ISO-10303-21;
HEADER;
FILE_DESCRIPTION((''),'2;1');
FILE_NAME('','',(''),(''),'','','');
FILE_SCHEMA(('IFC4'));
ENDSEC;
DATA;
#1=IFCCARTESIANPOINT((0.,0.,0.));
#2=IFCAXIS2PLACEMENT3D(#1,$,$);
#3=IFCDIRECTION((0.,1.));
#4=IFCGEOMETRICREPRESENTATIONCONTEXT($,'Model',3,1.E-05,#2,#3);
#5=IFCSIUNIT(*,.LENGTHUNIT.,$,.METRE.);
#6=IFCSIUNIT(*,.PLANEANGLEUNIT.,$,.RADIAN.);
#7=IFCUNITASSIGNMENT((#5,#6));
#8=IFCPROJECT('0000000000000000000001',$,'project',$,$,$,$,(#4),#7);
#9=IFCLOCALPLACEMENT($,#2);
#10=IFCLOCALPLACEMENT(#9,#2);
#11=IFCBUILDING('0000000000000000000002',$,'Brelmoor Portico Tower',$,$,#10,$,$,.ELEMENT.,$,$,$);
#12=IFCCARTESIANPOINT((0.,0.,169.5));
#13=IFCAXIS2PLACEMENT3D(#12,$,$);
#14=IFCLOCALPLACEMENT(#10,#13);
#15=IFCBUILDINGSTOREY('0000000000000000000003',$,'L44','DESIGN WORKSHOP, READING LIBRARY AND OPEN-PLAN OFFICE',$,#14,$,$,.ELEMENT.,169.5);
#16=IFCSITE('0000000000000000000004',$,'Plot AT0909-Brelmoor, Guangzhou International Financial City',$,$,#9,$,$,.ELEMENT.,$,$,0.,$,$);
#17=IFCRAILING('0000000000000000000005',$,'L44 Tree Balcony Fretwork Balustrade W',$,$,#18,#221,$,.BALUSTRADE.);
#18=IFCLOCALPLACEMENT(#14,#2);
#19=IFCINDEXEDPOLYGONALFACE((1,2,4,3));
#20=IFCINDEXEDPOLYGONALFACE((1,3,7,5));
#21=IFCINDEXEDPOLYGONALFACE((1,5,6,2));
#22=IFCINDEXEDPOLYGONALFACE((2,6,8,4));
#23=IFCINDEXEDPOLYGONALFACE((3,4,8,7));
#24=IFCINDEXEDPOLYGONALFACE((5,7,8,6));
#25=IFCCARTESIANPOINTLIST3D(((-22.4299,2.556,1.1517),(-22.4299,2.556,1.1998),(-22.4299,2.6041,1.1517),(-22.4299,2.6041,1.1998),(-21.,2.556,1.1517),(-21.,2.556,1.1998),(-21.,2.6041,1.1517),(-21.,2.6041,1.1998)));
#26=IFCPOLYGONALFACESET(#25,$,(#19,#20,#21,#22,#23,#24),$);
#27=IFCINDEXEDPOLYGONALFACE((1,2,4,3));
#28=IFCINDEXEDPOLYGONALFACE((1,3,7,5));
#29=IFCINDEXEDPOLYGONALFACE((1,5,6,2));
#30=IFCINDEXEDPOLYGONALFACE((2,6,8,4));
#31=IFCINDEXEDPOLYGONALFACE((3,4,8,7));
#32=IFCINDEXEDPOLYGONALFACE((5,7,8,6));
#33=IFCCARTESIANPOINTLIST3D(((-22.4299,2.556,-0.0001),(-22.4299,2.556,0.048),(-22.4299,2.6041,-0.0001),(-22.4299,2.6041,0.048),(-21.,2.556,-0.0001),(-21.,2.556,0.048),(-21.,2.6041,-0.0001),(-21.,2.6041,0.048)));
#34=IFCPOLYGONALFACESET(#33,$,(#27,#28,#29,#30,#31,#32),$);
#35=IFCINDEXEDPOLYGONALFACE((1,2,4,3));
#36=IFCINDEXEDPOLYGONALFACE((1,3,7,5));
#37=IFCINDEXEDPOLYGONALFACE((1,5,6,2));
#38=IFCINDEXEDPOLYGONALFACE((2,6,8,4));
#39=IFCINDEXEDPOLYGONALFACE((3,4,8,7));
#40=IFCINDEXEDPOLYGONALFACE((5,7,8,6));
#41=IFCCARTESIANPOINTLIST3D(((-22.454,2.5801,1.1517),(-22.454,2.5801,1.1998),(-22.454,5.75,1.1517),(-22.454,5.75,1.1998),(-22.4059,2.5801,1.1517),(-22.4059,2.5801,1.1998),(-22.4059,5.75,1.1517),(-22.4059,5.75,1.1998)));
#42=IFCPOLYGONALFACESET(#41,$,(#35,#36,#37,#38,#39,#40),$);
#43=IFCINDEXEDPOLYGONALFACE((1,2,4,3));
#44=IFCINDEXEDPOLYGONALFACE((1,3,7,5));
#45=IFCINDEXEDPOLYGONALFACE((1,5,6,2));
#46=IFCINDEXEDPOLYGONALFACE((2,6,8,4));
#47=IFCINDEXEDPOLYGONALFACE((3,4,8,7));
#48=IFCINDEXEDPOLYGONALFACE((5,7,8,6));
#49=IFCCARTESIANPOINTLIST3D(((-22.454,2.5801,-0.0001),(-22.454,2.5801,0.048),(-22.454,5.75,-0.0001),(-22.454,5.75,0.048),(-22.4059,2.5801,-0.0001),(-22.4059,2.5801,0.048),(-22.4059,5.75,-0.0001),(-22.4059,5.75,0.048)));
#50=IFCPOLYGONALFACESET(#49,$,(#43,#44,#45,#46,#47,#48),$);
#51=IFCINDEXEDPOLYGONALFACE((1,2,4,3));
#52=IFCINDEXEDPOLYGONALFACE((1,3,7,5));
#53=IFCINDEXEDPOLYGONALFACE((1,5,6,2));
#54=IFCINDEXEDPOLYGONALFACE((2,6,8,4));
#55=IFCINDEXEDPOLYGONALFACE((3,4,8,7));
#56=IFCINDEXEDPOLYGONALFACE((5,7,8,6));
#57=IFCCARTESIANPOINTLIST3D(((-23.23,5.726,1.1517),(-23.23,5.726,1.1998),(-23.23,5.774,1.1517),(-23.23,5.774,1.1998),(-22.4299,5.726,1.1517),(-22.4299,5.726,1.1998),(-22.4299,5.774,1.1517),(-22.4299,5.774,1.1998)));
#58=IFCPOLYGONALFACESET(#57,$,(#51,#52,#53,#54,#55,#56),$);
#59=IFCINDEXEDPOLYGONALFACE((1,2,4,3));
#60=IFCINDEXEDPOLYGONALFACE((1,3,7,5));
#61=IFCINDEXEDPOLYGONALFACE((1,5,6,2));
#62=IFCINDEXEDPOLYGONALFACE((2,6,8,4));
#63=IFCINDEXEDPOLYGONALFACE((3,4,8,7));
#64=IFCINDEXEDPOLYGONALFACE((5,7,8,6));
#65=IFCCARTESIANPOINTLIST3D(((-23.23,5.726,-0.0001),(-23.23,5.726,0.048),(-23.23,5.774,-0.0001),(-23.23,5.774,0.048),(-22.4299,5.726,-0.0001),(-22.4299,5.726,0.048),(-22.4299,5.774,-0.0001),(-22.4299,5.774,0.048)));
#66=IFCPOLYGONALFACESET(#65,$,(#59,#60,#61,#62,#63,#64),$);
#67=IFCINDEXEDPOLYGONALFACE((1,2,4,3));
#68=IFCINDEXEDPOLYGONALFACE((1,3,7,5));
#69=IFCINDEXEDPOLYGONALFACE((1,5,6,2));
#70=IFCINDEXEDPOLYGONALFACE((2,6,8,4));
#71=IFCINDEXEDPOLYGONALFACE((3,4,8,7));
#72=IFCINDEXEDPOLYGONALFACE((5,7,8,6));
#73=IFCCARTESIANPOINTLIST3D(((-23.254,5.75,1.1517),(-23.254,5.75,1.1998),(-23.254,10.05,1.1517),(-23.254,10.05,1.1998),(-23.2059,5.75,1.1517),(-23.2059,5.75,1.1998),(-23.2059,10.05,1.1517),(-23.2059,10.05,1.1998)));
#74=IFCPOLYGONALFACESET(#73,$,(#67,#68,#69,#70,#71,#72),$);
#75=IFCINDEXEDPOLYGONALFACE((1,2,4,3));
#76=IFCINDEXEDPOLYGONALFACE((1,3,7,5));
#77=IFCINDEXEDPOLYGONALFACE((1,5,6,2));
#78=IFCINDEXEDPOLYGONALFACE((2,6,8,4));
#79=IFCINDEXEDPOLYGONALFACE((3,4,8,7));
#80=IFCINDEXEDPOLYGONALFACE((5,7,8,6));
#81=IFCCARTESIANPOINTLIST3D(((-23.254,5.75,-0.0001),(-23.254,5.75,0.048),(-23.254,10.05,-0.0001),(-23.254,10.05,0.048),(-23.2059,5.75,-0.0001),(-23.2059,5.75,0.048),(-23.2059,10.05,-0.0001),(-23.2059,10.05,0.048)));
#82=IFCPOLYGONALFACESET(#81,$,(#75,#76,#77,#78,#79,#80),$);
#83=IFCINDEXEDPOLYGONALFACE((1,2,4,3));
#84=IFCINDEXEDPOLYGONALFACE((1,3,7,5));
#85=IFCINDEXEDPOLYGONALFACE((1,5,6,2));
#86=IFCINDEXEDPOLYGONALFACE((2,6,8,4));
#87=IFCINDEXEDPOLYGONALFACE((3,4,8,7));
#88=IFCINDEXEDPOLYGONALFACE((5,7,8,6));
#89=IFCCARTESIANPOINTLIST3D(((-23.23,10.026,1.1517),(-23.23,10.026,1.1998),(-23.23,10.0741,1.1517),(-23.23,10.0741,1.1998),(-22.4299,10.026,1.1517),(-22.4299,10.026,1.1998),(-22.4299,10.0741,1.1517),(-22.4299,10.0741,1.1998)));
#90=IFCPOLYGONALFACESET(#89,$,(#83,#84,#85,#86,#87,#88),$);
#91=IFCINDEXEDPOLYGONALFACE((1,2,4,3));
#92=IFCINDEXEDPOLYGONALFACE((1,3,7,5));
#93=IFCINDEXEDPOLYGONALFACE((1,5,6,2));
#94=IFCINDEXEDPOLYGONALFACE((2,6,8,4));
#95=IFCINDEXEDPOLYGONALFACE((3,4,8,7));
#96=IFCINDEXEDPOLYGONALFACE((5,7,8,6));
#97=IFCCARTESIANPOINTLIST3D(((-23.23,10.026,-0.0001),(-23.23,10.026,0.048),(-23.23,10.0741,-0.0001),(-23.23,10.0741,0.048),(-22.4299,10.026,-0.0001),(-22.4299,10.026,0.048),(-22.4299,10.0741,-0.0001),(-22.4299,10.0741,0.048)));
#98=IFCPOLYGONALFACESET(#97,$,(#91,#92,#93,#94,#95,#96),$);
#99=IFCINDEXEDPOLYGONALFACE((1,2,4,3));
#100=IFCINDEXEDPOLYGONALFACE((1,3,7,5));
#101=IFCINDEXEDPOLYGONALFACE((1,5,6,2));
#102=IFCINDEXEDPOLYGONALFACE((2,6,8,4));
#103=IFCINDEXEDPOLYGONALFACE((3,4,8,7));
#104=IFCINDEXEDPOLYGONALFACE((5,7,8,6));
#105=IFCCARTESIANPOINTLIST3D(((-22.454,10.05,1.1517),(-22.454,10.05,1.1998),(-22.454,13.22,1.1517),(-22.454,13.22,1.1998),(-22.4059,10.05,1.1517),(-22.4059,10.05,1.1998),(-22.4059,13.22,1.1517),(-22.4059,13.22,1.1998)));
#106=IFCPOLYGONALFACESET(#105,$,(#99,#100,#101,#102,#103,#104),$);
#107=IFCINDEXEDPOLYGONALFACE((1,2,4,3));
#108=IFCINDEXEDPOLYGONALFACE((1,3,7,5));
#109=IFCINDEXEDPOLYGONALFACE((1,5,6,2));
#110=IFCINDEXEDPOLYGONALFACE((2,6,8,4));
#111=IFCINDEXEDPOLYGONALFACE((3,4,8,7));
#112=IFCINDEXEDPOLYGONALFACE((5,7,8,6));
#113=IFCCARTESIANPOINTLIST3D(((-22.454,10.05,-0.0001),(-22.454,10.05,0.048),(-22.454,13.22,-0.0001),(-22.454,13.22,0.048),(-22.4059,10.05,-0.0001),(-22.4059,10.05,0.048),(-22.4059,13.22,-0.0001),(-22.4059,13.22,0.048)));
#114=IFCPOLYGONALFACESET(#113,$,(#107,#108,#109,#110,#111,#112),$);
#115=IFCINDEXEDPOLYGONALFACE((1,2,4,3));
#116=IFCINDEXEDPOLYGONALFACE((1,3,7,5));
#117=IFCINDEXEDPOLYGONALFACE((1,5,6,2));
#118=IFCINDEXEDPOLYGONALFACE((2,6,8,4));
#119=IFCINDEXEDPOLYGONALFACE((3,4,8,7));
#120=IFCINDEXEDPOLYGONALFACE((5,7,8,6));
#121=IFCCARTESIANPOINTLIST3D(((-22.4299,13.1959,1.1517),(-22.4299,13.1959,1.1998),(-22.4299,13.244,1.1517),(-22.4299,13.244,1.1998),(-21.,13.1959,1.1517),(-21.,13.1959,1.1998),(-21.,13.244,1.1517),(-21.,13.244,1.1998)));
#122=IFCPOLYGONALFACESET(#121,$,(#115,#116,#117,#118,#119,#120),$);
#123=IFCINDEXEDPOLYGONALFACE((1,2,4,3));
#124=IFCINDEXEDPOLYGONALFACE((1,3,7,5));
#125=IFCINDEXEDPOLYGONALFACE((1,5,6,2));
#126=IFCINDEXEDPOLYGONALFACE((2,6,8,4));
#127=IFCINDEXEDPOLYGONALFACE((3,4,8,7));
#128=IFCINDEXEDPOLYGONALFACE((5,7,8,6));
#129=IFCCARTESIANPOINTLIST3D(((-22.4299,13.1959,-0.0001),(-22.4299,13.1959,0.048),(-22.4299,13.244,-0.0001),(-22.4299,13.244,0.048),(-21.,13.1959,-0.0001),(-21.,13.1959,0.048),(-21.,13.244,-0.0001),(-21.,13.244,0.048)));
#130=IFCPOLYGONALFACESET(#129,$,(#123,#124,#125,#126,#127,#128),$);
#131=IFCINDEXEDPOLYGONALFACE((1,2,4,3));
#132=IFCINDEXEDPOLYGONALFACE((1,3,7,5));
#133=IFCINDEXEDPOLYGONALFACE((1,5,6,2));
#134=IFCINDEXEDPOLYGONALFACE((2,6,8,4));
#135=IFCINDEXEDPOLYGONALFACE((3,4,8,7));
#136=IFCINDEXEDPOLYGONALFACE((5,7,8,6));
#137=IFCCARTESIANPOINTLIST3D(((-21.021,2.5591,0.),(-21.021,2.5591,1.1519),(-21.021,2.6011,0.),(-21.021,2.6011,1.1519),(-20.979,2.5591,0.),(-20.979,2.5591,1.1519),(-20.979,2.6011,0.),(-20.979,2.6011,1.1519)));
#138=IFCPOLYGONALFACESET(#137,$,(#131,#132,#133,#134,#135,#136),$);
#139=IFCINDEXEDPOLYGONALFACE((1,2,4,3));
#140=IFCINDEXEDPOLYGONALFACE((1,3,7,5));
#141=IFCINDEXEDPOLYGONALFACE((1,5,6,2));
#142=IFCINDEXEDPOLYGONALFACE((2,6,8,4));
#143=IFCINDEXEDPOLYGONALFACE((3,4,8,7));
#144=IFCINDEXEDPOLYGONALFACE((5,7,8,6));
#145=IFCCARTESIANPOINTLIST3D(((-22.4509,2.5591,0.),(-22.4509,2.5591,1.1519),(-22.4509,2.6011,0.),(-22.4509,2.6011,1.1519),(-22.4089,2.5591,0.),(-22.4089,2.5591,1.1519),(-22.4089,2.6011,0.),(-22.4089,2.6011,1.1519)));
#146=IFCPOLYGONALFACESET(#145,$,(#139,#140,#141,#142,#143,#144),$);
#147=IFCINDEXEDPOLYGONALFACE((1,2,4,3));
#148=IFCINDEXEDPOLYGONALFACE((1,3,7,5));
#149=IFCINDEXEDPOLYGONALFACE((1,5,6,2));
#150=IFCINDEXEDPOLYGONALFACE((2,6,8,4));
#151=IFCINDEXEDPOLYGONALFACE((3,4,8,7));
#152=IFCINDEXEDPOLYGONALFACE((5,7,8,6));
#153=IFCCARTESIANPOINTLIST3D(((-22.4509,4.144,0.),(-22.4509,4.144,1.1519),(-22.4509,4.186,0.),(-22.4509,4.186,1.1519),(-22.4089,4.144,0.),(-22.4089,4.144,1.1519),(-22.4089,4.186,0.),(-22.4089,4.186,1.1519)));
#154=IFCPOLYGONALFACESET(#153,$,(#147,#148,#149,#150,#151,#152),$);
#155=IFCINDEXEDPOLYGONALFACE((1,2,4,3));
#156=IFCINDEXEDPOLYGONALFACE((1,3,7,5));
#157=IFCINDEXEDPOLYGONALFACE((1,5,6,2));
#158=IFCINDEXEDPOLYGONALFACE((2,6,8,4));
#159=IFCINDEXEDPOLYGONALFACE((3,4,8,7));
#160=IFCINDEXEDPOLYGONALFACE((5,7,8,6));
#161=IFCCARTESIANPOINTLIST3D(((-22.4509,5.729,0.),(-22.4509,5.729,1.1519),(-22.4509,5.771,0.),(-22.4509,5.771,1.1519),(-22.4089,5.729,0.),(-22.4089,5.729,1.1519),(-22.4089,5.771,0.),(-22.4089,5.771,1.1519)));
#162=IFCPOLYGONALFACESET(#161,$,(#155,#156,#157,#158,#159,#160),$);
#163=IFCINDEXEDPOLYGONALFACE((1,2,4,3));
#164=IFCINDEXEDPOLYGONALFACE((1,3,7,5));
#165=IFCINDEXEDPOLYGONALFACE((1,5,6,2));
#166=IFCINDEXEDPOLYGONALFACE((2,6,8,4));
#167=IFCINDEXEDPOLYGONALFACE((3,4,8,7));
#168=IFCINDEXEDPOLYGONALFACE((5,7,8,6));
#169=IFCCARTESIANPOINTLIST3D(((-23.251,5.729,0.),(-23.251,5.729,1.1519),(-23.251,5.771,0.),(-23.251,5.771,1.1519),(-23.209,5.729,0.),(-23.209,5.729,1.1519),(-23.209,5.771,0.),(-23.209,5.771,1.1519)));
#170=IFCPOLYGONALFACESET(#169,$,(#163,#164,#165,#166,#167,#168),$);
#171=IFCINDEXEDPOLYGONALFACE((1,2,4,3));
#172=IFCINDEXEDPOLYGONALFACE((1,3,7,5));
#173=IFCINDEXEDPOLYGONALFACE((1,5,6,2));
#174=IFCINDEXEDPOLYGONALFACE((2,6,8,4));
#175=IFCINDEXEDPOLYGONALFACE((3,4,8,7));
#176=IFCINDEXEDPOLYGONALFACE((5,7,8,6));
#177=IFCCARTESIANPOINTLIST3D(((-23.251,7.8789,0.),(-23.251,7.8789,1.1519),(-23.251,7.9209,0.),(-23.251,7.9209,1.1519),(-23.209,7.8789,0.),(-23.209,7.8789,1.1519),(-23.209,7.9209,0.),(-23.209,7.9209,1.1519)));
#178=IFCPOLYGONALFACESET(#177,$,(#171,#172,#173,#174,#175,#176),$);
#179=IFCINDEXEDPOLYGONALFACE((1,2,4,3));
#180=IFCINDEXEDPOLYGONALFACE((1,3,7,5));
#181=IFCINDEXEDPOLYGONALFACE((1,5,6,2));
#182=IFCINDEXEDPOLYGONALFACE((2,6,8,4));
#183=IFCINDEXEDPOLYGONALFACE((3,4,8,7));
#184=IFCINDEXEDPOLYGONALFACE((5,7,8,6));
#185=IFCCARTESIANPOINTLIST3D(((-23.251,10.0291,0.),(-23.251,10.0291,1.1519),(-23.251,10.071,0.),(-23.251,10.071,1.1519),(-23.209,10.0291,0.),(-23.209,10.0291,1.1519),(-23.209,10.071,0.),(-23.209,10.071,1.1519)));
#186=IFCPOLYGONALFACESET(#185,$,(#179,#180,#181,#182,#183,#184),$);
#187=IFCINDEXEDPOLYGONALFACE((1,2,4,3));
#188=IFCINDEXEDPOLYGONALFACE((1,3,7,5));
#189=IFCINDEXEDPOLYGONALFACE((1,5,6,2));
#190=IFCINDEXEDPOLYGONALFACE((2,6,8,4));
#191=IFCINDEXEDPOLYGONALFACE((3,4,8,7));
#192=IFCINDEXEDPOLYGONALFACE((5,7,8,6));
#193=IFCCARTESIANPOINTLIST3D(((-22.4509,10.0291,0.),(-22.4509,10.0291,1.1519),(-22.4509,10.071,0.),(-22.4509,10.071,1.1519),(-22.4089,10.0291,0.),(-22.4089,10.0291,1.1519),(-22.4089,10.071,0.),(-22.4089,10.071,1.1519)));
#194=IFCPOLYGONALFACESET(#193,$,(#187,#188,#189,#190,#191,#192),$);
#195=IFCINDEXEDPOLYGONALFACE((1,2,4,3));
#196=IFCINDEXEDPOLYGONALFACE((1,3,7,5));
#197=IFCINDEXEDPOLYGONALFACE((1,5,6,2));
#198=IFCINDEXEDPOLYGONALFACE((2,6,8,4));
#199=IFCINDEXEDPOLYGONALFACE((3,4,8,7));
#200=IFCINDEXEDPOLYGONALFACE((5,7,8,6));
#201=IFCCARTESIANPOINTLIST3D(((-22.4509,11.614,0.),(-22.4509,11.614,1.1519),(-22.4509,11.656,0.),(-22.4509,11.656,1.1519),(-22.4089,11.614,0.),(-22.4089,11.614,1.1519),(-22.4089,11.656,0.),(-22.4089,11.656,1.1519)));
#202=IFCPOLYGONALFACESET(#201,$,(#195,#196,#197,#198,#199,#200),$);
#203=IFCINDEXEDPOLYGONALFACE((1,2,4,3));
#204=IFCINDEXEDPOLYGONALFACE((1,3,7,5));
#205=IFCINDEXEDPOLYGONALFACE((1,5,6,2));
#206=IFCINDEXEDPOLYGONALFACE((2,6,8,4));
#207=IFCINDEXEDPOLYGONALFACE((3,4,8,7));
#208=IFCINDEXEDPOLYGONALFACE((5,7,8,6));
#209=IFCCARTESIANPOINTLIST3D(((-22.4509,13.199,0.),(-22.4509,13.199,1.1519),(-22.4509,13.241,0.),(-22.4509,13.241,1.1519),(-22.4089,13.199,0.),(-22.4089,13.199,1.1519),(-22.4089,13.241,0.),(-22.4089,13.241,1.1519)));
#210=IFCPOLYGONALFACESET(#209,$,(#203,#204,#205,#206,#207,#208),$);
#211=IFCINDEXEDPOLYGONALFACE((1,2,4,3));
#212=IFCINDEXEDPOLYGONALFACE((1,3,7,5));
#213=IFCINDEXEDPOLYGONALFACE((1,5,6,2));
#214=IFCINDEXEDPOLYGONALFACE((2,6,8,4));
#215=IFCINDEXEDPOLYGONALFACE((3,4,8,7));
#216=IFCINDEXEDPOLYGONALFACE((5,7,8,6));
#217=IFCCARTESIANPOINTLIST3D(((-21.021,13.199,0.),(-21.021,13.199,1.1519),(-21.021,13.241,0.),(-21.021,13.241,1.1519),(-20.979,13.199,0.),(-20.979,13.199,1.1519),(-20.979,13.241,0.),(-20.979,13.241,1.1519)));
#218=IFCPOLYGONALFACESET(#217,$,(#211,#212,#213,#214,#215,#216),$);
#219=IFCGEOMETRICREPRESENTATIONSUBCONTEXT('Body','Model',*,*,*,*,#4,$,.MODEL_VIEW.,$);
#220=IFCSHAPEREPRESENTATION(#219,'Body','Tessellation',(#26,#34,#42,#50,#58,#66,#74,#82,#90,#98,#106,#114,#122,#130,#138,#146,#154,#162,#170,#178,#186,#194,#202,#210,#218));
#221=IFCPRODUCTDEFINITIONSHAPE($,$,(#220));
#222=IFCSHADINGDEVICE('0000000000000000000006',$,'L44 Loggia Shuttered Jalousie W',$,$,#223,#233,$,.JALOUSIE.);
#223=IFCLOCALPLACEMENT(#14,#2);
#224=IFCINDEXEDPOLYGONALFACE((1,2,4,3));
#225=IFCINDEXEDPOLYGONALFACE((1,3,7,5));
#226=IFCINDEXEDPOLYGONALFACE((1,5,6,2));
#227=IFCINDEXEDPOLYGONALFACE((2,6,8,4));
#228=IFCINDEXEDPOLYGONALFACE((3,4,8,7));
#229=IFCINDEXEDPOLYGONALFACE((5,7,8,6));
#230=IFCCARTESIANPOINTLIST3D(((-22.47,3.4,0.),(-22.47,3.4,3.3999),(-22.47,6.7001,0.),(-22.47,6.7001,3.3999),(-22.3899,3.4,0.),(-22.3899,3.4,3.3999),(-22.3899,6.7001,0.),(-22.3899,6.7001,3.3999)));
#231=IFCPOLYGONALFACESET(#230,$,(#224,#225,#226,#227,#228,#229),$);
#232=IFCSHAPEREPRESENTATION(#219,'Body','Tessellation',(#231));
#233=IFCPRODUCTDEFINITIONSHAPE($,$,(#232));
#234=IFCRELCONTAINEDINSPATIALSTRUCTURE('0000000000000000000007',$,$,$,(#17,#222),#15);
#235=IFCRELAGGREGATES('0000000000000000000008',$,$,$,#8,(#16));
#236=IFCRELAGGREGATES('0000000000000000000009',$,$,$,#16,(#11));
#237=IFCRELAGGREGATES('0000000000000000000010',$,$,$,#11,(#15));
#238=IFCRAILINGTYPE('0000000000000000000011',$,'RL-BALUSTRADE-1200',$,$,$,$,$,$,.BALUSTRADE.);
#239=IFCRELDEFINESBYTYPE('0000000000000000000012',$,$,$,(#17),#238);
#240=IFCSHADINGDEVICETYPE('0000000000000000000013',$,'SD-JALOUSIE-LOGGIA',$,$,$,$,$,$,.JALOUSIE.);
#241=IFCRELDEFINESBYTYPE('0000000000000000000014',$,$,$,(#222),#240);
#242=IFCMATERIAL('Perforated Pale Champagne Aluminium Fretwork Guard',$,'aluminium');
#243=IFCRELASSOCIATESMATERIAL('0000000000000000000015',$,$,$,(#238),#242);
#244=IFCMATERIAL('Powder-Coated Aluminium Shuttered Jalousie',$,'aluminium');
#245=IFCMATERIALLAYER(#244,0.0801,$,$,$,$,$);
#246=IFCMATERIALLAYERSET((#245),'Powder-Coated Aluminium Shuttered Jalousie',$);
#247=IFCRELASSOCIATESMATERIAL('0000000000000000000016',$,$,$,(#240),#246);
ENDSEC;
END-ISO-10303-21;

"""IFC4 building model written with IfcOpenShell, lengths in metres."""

from ifc_helpers import new_model, si_unit, direction, frame, origin, origin_2d, place, context, subcontext, project, spatial, rectangle, extrude, material, layer, layer_set, type_object, element, save


model = new_model("IFC4")

# Units and contexts
model_context = context("Model", 3, precision=1e-05, world=origin(), true_north=direction((0.0, 1.0)))
body_context = subcontext(model_context, "Body", "Model", "MODEL_VIEW")
ifc_project = project(units=[si_unit("LENGTHUNIT", "METRE"), si_unit("PLANEANGLEUNIT", "RADIAN")], contexts=[model_context])

# Site, building, storey
site_placement = place(None, origin())
site = spatial("IfcSite", under=ifc_project, at=site_placement, Name="Plot AT0909-Brelmoor, Guangzhou International Financial City", CompositionType="ELEMENT", RefElevation=0.0)
building_placement = place(site_placement, origin())
building = spatial("IfcBuilding", under=site, at=building_placement, Name="Brelmoor Portico Tower", CompositionType="ELEMENT")
storey_placement = place(building_placement, frame((0.0, 0.0, 169.5)))
storey = spatial("IfcBuildingStorey", under=building, at=storey_placement, Name="L44", Description="DESIGN WORKSHOP, READING LIBRARY AND OPEN-PLAN OFFICE", CompositionType="ELEMENT", Elevation=169.5)

# Railing
ifc_material_1 = material(Name="Perforated Pale Champagne Aluminium Fretwork Guard", Category="aluminium")
railing_type = type_object("IfcRailingType", Name="RL-BALUSTRADE-1200", PredefinedType="BALUSTRADE", material=ifc_material_1)
railing_placement = place(storey_placement, frame((-21.0, 2.5801, 0.0)))
element("IfcRailing", 1, at=railing_placement, inside=storey, type_object=railing_type, Name="L44 Tree Balcony Fretwork Balustrade W", PredefinedType="BALUSTRADE", context=body_context, shape_type="SweptSolid", body=[
    extrude(rectangle(XDim=0.0481, YDim=0.0481, at=origin_2d()), frame((0.0, 0.0, 1.1758), z_axis=(-1.0, 0.0, 0.0), x_axis=(0.0, -1.0, 0.0)), (0.0, 0.0, 1.0), 1.4299),
    extrude(rectangle(XDim=0.0481, YDim=0.0481, at=origin_2d()), frame((0.0, 0.0, 0.0239), z_axis=(-1.0, 0.0, 0.0), x_axis=(0.0, -1.0, 0.0)), (0.0, 0.0, 1.0), 1.4299),
    extrude(rectangle(XDim=0.0481, YDim=0.0481, at=origin_2d()), frame((-1.4299, 0.0, 1.1758), z_axis=(0.0, 1.0, 0.0), x_axis=(-1.0, 0.0, 0.0)), (0.0, 0.0, 1.0), 3.1699),
    extrude(rectangle(XDim=0.0481, YDim=0.0481, at=origin_2d()), frame((-1.4299, 0.0, 0.0239), z_axis=(0.0, 1.0, 0.0), x_axis=(-1.0, 0.0, 0.0)), (0.0, 0.0, 1.0), 3.1699),
    extrude(rectangle(XDim=0.0481, YDim=0.0481, at=origin_2d()), frame((-1.4299, 3.1699, 1.1758), z_axis=(-1.0, 0.0, 0.0), x_axis=(0.0, -1.0, 0.0)), (0.0, 0.0, 1.0), 0.8),
    extrude(rectangle(XDim=0.0481, YDim=0.0481, at=origin_2d()), frame((-1.4299, 3.1699, 0.0239), z_axis=(-1.0, 0.0, 0.0), x_axis=(0.0, -1.0, 0.0)), (0.0, 0.0, 1.0), 0.8),
    extrude(rectangle(XDim=0.0481, YDim=0.0481, at=origin_2d()), frame((-2.23, 3.1699, 1.1758), z_axis=(0.0, 1.0, 0.0), x_axis=(-1.0, 0.0, 0.0)), (0.0, 0.0, 1.0), 4.3),
    extrude(rectangle(XDim=0.0481, YDim=0.0481, at=origin_2d()), frame((-2.23, 3.1699, 0.0239), z_axis=(0.0, 1.0, 0.0), x_axis=(-1.0, 0.0, 0.0)), (0.0, 0.0, 1.0), 4.3),
    extrude(rectangle(XDim=0.0481, YDim=0.0481, at=origin_2d()), frame((-2.23, 7.47, 1.1758), z_axis=(1.0, 0.0, 0.0), x_axis=(0.0, 1.0, 0.0)), (0.0, 0.0, 1.0), 0.8),
    extrude(rectangle(XDim=0.0481, YDim=0.0481, at=origin_2d()), frame((-2.23, 7.47, 0.0239), z_axis=(1.0, 0.0, 0.0), x_axis=(0.0, 1.0, 0.0)), (0.0, 0.0, 1.0), 0.8),
    extrude(rectangle(XDim=0.0481, YDim=0.0481, at=origin_2d()), frame((-1.4299, 7.47, 1.1758), z_axis=(0.0, 1.0, 0.0), x_axis=(-1.0, 0.0, 0.0)), (0.0, 0.0, 1.0), 3.1699),
    extrude(rectangle(XDim=0.0481, YDim=0.0481, at=origin_2d()), frame((-1.4299, 7.47, 0.0239), z_axis=(0.0, 1.0, 0.0), x_axis=(-1.0, 0.0, 0.0)), (0.0, 0.0, 1.0), 3.1699),
    extrude(rectangle(XDim=0.0481, YDim=0.0481, at=origin_2d()), frame((-1.4299, 10.6399, 1.1758), z_axis=(1.0, 0.0, 0.0), x_axis=(0.0, 1.0, 0.0)), (0.0, 0.0, 1.0), 1.4299),
    extrude(rectangle(XDim=0.0481, YDim=0.0481, at=origin_2d()), frame((-1.4299, 10.6399, 0.0239), z_axis=(1.0, 0.0, 0.0), x_axis=(0.0, 1.0, 0.0)), (0.0, 0.0, 1.0), 1.4299),
    extrude(rectangle(XDim=0.042, YDim=0.042, at=origin_2d()), origin(), (0.0, 0.0, 1.0), 1.1519),
    extrude(rectangle(XDim=0.042, YDim=0.042, at=origin_2d()), frame((-1.4299, 0.0, 0.0)), (0.0, 0.0, 1.0), 1.1519),
    extrude(rectangle(XDim=0.042, YDim=0.042, at=origin_2d()), frame((-1.4299, 1.585, 0.0)), (0.0, 0.0, 1.0), 1.1519),
    extrude(rectangle(XDim=0.042, YDim=0.042, at=origin_2d()), frame((-1.4299, 3.1699, 0.0)), (0.0, 0.0, 1.0), 1.1519),
    extrude(rectangle(XDim=0.042, YDim=0.042, at=origin_2d()), frame((-2.23, 3.1699, 0.0)), (0.0, 0.0, 1.0), 1.1519),
    extrude(rectangle(XDim=0.042, YDim=0.042, at=origin_2d()), frame((-2.23, 5.3198, 0.0)), (0.0, 0.0, 1.0), 1.1519),
    extrude(rectangle(XDim=0.042, YDim=0.042, at=origin_2d()), frame((-2.23, 7.47, 0.0)), (0.0, 0.0, 1.0), 1.1519),
    extrude(rectangle(XDim=0.042, YDim=0.042, at=origin_2d()), frame((-1.4299, 7.47, 0.0)), (0.0, 0.0, 1.0), 1.1519),
    extrude(rectangle(XDim=0.042, YDim=0.042, at=origin_2d()), frame((-1.4299, 9.0549, 0.0)), (0.0, 0.0, 1.0), 1.1519),
    extrude(rectangle(XDim=0.042, YDim=0.042, at=origin_2d()), frame((-1.4299, 10.6399, 0.0)), (0.0, 0.0, 1.0), 1.1519),
    extrude(rectangle(XDim=0.042, YDim=0.042, at=origin_2d()), frame((0.0, 10.6399, 0.0)), (0.0, 0.0, 1.0), 1.1519),
])

# Shading device
ifc_material_2 = material(Name="Powder-Coated Aluminium Shuttered Jalousie", Category="aluminium")
ifc_layer_1 = layer(ifc_material_2, 0.0801)
ifc_layer_set_1 = layer_set([ifc_layer_1], Name="Powder-Coated Aluminium Shuttered Jalousie")
shading_device_type = type_object("IfcShadingDeviceType", Name="SD-JALOUSIE-LOGGIA", PredefinedType="JALOUSIE", material=ifc_layer_set_1)
shading_device_placement = place(storey_placement, frame((-22.4299, 5.05, 0.0), z_axis=(0.0, 0.0, 1.0), x_axis=(0.0, 1.0, 0.0)))
element("IfcShadingDevice", 2, at=shading_device_placement, inside=storey, type_object=shading_device_type, Name="L44 Loggia Shuttered Jalousie W", PredefinedType="JALOUSIE", context=body_context, shape_type="SweptSolid", body=[
    extrude(rectangle(XDim=3.3, YDim=0.0801, at=origin_2d()), origin(), (0.0, 0.0, 1.0), 3.3999),
])

save(model, "model.ifc")
